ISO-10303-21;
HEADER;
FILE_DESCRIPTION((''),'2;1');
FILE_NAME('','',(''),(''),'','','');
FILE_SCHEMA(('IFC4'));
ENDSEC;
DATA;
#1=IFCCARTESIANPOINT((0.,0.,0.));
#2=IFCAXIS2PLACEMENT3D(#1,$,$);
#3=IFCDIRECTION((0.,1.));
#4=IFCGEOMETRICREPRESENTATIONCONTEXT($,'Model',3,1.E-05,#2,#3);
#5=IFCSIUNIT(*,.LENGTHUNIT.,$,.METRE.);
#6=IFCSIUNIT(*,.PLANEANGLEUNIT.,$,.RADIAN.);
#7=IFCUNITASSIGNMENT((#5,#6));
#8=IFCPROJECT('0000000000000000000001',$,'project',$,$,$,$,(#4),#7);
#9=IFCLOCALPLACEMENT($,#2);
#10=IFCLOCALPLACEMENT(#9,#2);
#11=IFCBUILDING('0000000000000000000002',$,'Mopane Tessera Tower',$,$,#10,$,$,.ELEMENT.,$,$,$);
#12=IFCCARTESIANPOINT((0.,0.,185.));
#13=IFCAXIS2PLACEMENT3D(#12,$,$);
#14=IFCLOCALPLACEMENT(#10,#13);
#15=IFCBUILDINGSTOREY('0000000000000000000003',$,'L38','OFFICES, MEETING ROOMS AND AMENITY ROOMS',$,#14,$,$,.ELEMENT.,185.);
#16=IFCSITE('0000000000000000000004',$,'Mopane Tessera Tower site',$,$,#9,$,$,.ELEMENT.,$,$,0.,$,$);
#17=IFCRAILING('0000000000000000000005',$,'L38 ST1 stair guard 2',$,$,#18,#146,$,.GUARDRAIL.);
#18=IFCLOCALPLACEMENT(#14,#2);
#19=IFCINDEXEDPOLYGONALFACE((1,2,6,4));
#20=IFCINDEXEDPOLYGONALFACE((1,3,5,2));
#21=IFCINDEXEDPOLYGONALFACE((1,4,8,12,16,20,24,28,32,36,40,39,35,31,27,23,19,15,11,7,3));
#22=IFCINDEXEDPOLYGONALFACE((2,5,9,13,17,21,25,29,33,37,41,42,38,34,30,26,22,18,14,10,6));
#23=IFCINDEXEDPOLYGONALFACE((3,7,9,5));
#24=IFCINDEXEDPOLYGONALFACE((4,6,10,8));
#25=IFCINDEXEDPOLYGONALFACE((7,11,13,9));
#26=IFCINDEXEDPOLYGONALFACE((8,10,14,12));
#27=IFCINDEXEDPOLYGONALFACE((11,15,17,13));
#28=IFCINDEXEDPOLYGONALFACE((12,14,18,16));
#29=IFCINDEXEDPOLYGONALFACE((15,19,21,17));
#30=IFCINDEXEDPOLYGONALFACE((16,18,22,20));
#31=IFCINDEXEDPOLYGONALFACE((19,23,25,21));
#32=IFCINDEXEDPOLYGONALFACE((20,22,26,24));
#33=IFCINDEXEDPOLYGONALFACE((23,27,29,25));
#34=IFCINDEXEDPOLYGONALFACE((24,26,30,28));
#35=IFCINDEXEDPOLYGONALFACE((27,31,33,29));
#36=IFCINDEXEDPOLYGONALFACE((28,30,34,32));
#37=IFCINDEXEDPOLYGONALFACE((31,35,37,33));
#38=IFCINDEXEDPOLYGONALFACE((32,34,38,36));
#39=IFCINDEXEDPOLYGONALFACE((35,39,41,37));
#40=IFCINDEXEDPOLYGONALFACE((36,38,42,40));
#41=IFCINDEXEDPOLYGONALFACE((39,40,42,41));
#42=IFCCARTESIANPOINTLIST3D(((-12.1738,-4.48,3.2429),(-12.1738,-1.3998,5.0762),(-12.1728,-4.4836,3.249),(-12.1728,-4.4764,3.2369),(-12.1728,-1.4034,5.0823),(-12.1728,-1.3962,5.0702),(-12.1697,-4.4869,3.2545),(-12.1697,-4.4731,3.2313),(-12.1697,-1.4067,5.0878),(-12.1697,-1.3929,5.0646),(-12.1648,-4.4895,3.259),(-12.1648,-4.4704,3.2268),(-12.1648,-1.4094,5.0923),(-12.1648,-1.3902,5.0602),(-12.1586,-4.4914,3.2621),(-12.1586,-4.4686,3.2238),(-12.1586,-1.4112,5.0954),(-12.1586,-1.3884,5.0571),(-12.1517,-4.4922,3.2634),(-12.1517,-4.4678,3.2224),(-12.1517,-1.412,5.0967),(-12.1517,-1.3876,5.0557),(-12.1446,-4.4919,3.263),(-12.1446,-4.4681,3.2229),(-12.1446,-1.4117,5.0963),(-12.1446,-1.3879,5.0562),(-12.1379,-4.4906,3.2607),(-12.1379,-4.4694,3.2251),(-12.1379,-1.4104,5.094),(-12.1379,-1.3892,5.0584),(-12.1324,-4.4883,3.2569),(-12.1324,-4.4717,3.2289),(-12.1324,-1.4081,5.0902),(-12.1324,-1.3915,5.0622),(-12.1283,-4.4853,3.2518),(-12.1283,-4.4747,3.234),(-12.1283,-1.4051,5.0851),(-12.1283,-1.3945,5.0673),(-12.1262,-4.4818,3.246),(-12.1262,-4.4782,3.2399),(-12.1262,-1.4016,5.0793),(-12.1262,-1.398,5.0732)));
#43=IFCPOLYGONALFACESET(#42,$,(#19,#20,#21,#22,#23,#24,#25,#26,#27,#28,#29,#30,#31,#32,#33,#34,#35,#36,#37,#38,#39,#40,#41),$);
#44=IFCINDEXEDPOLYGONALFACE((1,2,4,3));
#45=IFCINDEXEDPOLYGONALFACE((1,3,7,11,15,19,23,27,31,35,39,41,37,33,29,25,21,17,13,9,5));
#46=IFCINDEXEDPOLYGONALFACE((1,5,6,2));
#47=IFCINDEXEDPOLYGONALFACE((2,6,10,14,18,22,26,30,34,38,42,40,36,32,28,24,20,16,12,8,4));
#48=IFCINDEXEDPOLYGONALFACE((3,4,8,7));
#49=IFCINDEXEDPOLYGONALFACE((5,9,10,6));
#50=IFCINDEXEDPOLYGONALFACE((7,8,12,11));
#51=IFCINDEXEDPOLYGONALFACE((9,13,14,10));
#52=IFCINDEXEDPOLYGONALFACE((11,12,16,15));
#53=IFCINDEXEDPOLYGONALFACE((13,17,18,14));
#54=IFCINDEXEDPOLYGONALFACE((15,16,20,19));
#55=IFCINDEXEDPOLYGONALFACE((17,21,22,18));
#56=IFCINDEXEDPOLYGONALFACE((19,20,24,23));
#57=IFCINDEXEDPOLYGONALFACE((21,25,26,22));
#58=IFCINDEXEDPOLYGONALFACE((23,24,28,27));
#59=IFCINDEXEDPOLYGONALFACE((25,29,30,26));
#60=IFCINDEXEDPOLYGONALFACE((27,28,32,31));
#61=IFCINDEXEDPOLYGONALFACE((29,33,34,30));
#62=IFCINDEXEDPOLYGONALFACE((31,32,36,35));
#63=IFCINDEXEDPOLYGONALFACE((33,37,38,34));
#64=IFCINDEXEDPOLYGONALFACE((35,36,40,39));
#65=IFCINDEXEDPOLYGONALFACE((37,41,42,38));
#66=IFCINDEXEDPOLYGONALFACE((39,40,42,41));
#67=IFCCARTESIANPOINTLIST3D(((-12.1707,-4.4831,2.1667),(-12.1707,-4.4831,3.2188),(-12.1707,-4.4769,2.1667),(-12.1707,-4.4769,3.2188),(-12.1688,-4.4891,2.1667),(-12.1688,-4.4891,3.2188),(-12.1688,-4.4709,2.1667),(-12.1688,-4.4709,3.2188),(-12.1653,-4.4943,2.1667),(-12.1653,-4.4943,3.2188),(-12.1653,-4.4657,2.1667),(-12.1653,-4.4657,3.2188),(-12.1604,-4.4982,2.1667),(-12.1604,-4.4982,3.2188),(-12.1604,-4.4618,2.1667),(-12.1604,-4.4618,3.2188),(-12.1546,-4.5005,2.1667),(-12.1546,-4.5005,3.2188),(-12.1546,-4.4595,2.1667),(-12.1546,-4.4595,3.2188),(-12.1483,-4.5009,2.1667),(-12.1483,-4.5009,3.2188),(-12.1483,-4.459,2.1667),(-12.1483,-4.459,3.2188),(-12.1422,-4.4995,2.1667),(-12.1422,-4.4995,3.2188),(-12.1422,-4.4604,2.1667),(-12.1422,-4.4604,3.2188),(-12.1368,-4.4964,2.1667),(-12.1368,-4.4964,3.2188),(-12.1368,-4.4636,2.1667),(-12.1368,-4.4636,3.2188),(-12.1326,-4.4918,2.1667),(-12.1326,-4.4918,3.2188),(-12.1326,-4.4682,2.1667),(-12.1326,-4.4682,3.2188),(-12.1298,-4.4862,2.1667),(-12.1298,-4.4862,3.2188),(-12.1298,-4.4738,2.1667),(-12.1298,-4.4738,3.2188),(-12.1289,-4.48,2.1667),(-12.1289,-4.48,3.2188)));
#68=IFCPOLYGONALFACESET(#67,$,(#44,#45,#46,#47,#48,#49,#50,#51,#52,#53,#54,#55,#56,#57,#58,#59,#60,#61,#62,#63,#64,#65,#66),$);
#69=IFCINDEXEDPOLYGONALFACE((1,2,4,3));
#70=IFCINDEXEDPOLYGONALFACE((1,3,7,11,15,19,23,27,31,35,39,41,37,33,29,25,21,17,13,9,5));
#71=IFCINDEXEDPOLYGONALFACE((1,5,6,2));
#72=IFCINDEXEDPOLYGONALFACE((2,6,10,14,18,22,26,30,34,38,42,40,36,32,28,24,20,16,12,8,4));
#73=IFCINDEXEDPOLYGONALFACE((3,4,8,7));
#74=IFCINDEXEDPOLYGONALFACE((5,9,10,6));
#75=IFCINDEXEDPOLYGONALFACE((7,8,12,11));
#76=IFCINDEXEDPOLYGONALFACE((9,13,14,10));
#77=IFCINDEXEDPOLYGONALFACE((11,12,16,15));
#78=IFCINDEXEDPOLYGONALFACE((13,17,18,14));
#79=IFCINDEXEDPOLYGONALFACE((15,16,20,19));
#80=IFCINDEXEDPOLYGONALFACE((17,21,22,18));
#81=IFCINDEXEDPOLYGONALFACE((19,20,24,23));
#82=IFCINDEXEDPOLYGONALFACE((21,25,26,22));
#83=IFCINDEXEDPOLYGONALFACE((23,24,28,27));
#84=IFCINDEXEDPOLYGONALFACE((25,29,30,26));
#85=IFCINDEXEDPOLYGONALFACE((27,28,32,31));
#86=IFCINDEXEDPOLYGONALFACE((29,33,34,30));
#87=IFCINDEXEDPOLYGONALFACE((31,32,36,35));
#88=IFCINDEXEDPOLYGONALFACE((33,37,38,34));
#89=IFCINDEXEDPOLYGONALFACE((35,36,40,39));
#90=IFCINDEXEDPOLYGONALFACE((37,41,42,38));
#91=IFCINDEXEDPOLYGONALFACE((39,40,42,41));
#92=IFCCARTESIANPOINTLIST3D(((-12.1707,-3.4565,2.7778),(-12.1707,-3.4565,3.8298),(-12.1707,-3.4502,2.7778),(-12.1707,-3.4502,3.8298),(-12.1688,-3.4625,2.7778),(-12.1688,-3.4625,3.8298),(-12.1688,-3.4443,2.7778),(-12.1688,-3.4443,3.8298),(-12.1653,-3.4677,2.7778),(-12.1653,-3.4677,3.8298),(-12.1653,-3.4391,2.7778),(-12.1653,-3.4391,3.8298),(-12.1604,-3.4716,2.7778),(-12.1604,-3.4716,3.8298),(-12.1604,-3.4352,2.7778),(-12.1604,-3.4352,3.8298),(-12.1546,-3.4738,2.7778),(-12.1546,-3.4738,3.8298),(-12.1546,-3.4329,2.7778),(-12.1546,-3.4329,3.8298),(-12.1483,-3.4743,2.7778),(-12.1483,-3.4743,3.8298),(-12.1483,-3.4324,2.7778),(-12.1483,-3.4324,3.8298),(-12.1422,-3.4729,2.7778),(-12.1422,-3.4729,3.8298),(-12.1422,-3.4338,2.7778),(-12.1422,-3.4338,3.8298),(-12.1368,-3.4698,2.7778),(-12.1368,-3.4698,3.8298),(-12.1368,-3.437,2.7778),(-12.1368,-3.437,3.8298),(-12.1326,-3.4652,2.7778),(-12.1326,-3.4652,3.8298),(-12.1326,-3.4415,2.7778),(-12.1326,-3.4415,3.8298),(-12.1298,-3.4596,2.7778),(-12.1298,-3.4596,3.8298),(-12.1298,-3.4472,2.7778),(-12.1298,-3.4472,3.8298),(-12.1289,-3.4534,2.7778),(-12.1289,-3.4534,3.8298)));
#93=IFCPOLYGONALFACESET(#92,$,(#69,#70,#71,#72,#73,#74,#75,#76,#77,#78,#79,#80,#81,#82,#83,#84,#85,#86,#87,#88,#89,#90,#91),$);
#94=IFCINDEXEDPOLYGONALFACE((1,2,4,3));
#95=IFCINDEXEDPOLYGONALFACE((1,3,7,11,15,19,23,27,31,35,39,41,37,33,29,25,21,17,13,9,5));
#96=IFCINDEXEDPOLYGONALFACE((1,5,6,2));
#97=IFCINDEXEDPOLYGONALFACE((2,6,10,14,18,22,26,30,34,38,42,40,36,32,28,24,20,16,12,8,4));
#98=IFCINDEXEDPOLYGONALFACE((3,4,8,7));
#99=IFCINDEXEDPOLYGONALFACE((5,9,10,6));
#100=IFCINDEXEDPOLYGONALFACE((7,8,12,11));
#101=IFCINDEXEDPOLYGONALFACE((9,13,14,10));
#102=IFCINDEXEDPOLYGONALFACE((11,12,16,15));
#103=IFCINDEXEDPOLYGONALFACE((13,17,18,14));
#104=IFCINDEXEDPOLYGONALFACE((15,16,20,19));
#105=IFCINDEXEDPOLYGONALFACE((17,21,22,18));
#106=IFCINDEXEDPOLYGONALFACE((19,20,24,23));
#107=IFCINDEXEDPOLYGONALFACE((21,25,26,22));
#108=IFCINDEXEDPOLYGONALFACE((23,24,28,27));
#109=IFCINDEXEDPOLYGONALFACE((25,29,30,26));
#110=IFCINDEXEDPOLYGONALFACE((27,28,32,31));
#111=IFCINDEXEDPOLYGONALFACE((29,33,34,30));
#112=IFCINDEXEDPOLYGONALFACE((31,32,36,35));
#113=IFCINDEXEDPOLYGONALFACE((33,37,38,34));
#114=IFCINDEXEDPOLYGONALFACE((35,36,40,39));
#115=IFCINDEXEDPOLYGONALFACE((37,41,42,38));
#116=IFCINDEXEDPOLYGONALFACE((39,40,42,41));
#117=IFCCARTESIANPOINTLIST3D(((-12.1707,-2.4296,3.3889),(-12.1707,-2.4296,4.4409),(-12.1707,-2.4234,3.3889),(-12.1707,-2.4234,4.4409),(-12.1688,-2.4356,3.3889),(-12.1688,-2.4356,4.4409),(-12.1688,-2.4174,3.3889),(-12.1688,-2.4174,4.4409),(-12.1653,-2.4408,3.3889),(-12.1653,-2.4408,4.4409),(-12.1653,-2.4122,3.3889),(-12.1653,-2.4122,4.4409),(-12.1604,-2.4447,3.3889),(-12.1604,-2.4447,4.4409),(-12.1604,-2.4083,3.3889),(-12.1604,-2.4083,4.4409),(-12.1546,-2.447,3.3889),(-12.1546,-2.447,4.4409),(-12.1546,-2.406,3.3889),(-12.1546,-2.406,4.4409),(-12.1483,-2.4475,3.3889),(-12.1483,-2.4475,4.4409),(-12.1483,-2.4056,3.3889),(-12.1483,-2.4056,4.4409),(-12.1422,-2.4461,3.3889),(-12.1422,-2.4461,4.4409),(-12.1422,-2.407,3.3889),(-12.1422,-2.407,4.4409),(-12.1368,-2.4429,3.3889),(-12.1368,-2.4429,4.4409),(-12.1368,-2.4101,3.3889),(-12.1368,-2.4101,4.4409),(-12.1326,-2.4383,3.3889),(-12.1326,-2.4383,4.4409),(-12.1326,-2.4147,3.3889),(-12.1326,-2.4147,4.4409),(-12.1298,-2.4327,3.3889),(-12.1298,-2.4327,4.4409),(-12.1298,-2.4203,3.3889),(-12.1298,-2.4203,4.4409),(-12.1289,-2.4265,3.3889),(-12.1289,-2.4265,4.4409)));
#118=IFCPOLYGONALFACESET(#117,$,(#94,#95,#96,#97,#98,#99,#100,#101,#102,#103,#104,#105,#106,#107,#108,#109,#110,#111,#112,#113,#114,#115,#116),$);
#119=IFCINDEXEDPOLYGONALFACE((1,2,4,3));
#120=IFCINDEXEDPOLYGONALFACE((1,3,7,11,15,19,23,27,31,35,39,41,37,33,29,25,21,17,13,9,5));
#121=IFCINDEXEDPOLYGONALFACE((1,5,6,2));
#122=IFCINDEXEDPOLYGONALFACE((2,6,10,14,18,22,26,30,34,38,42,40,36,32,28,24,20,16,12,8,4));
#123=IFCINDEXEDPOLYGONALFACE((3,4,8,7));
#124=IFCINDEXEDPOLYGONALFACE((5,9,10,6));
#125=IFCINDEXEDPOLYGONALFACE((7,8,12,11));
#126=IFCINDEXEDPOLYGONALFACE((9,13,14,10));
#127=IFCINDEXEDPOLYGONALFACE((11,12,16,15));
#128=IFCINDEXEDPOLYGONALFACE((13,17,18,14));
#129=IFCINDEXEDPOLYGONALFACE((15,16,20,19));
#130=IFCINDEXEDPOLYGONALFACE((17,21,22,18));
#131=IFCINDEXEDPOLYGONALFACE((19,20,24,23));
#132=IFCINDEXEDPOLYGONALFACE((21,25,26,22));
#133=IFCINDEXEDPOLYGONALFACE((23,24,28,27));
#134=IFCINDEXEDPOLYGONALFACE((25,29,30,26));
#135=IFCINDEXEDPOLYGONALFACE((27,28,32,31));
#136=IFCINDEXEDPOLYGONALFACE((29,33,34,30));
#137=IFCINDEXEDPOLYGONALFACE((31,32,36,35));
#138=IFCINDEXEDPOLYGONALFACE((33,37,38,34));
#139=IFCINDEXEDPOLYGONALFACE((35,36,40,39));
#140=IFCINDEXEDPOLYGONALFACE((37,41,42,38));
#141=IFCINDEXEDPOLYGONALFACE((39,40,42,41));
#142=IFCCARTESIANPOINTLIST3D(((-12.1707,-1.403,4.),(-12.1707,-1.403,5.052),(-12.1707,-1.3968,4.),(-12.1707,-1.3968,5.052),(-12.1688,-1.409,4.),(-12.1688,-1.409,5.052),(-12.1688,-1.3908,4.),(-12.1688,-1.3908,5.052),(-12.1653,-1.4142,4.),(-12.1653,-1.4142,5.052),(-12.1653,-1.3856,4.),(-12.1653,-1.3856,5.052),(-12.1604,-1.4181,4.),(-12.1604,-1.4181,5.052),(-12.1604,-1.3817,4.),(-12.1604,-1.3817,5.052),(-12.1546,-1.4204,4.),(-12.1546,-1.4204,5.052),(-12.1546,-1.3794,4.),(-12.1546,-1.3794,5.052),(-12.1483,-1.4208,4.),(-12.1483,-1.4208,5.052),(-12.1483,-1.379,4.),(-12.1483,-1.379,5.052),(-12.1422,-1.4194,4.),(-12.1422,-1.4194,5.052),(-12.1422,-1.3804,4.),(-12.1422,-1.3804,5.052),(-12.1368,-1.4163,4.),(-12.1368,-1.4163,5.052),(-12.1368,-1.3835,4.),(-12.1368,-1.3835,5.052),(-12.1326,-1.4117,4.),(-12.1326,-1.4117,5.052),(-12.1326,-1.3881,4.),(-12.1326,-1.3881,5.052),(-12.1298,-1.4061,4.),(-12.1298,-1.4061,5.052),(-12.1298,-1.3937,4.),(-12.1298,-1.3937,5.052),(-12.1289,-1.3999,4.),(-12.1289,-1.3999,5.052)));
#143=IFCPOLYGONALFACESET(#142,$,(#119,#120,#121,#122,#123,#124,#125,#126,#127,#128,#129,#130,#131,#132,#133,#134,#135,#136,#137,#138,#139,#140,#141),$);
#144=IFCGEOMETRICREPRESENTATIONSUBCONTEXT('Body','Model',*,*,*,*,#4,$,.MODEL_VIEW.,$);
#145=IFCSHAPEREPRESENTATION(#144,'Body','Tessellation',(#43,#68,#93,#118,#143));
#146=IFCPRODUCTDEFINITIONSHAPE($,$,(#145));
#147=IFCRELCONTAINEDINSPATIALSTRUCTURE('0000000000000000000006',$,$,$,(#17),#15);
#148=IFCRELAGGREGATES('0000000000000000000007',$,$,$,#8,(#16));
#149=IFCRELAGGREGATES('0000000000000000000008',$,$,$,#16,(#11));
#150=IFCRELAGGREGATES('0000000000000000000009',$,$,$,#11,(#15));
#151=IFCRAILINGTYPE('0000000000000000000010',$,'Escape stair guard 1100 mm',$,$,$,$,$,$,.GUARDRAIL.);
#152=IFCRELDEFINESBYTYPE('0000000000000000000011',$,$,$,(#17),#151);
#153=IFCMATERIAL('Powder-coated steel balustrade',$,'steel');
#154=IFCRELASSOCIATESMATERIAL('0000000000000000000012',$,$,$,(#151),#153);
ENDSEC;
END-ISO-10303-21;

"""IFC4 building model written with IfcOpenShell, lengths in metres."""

from ifc_helpers import new_model, si_unit, direction, frame, origin, origin_2d, place, context, subcontext, project, spatial, circle, extrude, material, type_object, element, save


model = new_model("IFC4")

# Units and contexts
model_context = context("Model", 3, precision=1e-05, world=origin(), true_north=direction((0.0, 1.0)))
body_context = subcontext(model_context, "Body", "Model", "MODEL_VIEW")
ifc_project = project(units=[si_unit("LENGTHUNIT", "METRE"), si_unit("PLANEANGLEUNIT", "RADIAN")], contexts=[model_context])

# Site, building, storey
site_placement = place(None, origin())
site = spatial("IfcSite", under=ifc_project, at=site_placement, Name="Mopane Tessera Tower site", CompositionType="ELEMENT", RefElevation=0.0)
building_placement = place(site_placement, origin())
building = spatial("IfcBuilding", under=site, at=building_placement, Name="Mopane Tessera Tower", CompositionType="ELEMENT")
storey_placement = place(building_placement, frame((0.0, 0.0, 185.0)))
storey = spatial("IfcBuildingStorey", under=building, at=storey_placement, Name="L38", Description="OFFICES, MEETING ROOMS AND AMENITY ROOMS", CompositionType="ELEMENT", Elevation=185.0)

# Railing
ifc_material_1 = material(Name="Powder-coated steel balustrade", Category="steel")
railing_type_1 = type_object("IfcRailingType", Name="Escape stair guard 1100 mm", PredefinedType="GUARDRAIL", material=ifc_material_1)
railing_1_placement = place(storey_placement, frame((-12.1499, -4.48, 2.1667)))
element("IfcRailing", 1, at=railing_1_placement, inside=storey, type_object=railing_type_1, Name="L38 ST1 stair guard 2", PredefinedType="GUARDRAIL", context=body_context, shape_type="SweptSolid", body=[
    extrude(circle(Radius=0.0239, at=origin_2d()), frame((0.0, 0.0, 1.0762), z_axis=(0.0, 0.859309, 0.511458), x_axis=(-1.0, 0.0, 0.0)), (0.0, 0.0, 1.0), 3.5845),
    extrude(circle(Radius=0.021, at=origin_2d()), origin(), (0.0, 0.0, 1.0), 1.052),
    extrude(circle(Radius=0.021, at=origin_2d()), frame((0.0, 1.0266, 0.6111)), (0.0, 0.0, 1.0), 1.052),
    extrude(circle(Radius=0.021, at=origin_2d()), frame((0.0, 2.0535, 1.2222)), (0.0, 0.0, 1.0), 1.052),
    extrude(circle(Radius=0.021, at=origin_2d()), frame((0.0, 3.0801, 1.8333)), (0.0, 0.0, 1.0), 1.052),
])

save(model, "model.ifc")
